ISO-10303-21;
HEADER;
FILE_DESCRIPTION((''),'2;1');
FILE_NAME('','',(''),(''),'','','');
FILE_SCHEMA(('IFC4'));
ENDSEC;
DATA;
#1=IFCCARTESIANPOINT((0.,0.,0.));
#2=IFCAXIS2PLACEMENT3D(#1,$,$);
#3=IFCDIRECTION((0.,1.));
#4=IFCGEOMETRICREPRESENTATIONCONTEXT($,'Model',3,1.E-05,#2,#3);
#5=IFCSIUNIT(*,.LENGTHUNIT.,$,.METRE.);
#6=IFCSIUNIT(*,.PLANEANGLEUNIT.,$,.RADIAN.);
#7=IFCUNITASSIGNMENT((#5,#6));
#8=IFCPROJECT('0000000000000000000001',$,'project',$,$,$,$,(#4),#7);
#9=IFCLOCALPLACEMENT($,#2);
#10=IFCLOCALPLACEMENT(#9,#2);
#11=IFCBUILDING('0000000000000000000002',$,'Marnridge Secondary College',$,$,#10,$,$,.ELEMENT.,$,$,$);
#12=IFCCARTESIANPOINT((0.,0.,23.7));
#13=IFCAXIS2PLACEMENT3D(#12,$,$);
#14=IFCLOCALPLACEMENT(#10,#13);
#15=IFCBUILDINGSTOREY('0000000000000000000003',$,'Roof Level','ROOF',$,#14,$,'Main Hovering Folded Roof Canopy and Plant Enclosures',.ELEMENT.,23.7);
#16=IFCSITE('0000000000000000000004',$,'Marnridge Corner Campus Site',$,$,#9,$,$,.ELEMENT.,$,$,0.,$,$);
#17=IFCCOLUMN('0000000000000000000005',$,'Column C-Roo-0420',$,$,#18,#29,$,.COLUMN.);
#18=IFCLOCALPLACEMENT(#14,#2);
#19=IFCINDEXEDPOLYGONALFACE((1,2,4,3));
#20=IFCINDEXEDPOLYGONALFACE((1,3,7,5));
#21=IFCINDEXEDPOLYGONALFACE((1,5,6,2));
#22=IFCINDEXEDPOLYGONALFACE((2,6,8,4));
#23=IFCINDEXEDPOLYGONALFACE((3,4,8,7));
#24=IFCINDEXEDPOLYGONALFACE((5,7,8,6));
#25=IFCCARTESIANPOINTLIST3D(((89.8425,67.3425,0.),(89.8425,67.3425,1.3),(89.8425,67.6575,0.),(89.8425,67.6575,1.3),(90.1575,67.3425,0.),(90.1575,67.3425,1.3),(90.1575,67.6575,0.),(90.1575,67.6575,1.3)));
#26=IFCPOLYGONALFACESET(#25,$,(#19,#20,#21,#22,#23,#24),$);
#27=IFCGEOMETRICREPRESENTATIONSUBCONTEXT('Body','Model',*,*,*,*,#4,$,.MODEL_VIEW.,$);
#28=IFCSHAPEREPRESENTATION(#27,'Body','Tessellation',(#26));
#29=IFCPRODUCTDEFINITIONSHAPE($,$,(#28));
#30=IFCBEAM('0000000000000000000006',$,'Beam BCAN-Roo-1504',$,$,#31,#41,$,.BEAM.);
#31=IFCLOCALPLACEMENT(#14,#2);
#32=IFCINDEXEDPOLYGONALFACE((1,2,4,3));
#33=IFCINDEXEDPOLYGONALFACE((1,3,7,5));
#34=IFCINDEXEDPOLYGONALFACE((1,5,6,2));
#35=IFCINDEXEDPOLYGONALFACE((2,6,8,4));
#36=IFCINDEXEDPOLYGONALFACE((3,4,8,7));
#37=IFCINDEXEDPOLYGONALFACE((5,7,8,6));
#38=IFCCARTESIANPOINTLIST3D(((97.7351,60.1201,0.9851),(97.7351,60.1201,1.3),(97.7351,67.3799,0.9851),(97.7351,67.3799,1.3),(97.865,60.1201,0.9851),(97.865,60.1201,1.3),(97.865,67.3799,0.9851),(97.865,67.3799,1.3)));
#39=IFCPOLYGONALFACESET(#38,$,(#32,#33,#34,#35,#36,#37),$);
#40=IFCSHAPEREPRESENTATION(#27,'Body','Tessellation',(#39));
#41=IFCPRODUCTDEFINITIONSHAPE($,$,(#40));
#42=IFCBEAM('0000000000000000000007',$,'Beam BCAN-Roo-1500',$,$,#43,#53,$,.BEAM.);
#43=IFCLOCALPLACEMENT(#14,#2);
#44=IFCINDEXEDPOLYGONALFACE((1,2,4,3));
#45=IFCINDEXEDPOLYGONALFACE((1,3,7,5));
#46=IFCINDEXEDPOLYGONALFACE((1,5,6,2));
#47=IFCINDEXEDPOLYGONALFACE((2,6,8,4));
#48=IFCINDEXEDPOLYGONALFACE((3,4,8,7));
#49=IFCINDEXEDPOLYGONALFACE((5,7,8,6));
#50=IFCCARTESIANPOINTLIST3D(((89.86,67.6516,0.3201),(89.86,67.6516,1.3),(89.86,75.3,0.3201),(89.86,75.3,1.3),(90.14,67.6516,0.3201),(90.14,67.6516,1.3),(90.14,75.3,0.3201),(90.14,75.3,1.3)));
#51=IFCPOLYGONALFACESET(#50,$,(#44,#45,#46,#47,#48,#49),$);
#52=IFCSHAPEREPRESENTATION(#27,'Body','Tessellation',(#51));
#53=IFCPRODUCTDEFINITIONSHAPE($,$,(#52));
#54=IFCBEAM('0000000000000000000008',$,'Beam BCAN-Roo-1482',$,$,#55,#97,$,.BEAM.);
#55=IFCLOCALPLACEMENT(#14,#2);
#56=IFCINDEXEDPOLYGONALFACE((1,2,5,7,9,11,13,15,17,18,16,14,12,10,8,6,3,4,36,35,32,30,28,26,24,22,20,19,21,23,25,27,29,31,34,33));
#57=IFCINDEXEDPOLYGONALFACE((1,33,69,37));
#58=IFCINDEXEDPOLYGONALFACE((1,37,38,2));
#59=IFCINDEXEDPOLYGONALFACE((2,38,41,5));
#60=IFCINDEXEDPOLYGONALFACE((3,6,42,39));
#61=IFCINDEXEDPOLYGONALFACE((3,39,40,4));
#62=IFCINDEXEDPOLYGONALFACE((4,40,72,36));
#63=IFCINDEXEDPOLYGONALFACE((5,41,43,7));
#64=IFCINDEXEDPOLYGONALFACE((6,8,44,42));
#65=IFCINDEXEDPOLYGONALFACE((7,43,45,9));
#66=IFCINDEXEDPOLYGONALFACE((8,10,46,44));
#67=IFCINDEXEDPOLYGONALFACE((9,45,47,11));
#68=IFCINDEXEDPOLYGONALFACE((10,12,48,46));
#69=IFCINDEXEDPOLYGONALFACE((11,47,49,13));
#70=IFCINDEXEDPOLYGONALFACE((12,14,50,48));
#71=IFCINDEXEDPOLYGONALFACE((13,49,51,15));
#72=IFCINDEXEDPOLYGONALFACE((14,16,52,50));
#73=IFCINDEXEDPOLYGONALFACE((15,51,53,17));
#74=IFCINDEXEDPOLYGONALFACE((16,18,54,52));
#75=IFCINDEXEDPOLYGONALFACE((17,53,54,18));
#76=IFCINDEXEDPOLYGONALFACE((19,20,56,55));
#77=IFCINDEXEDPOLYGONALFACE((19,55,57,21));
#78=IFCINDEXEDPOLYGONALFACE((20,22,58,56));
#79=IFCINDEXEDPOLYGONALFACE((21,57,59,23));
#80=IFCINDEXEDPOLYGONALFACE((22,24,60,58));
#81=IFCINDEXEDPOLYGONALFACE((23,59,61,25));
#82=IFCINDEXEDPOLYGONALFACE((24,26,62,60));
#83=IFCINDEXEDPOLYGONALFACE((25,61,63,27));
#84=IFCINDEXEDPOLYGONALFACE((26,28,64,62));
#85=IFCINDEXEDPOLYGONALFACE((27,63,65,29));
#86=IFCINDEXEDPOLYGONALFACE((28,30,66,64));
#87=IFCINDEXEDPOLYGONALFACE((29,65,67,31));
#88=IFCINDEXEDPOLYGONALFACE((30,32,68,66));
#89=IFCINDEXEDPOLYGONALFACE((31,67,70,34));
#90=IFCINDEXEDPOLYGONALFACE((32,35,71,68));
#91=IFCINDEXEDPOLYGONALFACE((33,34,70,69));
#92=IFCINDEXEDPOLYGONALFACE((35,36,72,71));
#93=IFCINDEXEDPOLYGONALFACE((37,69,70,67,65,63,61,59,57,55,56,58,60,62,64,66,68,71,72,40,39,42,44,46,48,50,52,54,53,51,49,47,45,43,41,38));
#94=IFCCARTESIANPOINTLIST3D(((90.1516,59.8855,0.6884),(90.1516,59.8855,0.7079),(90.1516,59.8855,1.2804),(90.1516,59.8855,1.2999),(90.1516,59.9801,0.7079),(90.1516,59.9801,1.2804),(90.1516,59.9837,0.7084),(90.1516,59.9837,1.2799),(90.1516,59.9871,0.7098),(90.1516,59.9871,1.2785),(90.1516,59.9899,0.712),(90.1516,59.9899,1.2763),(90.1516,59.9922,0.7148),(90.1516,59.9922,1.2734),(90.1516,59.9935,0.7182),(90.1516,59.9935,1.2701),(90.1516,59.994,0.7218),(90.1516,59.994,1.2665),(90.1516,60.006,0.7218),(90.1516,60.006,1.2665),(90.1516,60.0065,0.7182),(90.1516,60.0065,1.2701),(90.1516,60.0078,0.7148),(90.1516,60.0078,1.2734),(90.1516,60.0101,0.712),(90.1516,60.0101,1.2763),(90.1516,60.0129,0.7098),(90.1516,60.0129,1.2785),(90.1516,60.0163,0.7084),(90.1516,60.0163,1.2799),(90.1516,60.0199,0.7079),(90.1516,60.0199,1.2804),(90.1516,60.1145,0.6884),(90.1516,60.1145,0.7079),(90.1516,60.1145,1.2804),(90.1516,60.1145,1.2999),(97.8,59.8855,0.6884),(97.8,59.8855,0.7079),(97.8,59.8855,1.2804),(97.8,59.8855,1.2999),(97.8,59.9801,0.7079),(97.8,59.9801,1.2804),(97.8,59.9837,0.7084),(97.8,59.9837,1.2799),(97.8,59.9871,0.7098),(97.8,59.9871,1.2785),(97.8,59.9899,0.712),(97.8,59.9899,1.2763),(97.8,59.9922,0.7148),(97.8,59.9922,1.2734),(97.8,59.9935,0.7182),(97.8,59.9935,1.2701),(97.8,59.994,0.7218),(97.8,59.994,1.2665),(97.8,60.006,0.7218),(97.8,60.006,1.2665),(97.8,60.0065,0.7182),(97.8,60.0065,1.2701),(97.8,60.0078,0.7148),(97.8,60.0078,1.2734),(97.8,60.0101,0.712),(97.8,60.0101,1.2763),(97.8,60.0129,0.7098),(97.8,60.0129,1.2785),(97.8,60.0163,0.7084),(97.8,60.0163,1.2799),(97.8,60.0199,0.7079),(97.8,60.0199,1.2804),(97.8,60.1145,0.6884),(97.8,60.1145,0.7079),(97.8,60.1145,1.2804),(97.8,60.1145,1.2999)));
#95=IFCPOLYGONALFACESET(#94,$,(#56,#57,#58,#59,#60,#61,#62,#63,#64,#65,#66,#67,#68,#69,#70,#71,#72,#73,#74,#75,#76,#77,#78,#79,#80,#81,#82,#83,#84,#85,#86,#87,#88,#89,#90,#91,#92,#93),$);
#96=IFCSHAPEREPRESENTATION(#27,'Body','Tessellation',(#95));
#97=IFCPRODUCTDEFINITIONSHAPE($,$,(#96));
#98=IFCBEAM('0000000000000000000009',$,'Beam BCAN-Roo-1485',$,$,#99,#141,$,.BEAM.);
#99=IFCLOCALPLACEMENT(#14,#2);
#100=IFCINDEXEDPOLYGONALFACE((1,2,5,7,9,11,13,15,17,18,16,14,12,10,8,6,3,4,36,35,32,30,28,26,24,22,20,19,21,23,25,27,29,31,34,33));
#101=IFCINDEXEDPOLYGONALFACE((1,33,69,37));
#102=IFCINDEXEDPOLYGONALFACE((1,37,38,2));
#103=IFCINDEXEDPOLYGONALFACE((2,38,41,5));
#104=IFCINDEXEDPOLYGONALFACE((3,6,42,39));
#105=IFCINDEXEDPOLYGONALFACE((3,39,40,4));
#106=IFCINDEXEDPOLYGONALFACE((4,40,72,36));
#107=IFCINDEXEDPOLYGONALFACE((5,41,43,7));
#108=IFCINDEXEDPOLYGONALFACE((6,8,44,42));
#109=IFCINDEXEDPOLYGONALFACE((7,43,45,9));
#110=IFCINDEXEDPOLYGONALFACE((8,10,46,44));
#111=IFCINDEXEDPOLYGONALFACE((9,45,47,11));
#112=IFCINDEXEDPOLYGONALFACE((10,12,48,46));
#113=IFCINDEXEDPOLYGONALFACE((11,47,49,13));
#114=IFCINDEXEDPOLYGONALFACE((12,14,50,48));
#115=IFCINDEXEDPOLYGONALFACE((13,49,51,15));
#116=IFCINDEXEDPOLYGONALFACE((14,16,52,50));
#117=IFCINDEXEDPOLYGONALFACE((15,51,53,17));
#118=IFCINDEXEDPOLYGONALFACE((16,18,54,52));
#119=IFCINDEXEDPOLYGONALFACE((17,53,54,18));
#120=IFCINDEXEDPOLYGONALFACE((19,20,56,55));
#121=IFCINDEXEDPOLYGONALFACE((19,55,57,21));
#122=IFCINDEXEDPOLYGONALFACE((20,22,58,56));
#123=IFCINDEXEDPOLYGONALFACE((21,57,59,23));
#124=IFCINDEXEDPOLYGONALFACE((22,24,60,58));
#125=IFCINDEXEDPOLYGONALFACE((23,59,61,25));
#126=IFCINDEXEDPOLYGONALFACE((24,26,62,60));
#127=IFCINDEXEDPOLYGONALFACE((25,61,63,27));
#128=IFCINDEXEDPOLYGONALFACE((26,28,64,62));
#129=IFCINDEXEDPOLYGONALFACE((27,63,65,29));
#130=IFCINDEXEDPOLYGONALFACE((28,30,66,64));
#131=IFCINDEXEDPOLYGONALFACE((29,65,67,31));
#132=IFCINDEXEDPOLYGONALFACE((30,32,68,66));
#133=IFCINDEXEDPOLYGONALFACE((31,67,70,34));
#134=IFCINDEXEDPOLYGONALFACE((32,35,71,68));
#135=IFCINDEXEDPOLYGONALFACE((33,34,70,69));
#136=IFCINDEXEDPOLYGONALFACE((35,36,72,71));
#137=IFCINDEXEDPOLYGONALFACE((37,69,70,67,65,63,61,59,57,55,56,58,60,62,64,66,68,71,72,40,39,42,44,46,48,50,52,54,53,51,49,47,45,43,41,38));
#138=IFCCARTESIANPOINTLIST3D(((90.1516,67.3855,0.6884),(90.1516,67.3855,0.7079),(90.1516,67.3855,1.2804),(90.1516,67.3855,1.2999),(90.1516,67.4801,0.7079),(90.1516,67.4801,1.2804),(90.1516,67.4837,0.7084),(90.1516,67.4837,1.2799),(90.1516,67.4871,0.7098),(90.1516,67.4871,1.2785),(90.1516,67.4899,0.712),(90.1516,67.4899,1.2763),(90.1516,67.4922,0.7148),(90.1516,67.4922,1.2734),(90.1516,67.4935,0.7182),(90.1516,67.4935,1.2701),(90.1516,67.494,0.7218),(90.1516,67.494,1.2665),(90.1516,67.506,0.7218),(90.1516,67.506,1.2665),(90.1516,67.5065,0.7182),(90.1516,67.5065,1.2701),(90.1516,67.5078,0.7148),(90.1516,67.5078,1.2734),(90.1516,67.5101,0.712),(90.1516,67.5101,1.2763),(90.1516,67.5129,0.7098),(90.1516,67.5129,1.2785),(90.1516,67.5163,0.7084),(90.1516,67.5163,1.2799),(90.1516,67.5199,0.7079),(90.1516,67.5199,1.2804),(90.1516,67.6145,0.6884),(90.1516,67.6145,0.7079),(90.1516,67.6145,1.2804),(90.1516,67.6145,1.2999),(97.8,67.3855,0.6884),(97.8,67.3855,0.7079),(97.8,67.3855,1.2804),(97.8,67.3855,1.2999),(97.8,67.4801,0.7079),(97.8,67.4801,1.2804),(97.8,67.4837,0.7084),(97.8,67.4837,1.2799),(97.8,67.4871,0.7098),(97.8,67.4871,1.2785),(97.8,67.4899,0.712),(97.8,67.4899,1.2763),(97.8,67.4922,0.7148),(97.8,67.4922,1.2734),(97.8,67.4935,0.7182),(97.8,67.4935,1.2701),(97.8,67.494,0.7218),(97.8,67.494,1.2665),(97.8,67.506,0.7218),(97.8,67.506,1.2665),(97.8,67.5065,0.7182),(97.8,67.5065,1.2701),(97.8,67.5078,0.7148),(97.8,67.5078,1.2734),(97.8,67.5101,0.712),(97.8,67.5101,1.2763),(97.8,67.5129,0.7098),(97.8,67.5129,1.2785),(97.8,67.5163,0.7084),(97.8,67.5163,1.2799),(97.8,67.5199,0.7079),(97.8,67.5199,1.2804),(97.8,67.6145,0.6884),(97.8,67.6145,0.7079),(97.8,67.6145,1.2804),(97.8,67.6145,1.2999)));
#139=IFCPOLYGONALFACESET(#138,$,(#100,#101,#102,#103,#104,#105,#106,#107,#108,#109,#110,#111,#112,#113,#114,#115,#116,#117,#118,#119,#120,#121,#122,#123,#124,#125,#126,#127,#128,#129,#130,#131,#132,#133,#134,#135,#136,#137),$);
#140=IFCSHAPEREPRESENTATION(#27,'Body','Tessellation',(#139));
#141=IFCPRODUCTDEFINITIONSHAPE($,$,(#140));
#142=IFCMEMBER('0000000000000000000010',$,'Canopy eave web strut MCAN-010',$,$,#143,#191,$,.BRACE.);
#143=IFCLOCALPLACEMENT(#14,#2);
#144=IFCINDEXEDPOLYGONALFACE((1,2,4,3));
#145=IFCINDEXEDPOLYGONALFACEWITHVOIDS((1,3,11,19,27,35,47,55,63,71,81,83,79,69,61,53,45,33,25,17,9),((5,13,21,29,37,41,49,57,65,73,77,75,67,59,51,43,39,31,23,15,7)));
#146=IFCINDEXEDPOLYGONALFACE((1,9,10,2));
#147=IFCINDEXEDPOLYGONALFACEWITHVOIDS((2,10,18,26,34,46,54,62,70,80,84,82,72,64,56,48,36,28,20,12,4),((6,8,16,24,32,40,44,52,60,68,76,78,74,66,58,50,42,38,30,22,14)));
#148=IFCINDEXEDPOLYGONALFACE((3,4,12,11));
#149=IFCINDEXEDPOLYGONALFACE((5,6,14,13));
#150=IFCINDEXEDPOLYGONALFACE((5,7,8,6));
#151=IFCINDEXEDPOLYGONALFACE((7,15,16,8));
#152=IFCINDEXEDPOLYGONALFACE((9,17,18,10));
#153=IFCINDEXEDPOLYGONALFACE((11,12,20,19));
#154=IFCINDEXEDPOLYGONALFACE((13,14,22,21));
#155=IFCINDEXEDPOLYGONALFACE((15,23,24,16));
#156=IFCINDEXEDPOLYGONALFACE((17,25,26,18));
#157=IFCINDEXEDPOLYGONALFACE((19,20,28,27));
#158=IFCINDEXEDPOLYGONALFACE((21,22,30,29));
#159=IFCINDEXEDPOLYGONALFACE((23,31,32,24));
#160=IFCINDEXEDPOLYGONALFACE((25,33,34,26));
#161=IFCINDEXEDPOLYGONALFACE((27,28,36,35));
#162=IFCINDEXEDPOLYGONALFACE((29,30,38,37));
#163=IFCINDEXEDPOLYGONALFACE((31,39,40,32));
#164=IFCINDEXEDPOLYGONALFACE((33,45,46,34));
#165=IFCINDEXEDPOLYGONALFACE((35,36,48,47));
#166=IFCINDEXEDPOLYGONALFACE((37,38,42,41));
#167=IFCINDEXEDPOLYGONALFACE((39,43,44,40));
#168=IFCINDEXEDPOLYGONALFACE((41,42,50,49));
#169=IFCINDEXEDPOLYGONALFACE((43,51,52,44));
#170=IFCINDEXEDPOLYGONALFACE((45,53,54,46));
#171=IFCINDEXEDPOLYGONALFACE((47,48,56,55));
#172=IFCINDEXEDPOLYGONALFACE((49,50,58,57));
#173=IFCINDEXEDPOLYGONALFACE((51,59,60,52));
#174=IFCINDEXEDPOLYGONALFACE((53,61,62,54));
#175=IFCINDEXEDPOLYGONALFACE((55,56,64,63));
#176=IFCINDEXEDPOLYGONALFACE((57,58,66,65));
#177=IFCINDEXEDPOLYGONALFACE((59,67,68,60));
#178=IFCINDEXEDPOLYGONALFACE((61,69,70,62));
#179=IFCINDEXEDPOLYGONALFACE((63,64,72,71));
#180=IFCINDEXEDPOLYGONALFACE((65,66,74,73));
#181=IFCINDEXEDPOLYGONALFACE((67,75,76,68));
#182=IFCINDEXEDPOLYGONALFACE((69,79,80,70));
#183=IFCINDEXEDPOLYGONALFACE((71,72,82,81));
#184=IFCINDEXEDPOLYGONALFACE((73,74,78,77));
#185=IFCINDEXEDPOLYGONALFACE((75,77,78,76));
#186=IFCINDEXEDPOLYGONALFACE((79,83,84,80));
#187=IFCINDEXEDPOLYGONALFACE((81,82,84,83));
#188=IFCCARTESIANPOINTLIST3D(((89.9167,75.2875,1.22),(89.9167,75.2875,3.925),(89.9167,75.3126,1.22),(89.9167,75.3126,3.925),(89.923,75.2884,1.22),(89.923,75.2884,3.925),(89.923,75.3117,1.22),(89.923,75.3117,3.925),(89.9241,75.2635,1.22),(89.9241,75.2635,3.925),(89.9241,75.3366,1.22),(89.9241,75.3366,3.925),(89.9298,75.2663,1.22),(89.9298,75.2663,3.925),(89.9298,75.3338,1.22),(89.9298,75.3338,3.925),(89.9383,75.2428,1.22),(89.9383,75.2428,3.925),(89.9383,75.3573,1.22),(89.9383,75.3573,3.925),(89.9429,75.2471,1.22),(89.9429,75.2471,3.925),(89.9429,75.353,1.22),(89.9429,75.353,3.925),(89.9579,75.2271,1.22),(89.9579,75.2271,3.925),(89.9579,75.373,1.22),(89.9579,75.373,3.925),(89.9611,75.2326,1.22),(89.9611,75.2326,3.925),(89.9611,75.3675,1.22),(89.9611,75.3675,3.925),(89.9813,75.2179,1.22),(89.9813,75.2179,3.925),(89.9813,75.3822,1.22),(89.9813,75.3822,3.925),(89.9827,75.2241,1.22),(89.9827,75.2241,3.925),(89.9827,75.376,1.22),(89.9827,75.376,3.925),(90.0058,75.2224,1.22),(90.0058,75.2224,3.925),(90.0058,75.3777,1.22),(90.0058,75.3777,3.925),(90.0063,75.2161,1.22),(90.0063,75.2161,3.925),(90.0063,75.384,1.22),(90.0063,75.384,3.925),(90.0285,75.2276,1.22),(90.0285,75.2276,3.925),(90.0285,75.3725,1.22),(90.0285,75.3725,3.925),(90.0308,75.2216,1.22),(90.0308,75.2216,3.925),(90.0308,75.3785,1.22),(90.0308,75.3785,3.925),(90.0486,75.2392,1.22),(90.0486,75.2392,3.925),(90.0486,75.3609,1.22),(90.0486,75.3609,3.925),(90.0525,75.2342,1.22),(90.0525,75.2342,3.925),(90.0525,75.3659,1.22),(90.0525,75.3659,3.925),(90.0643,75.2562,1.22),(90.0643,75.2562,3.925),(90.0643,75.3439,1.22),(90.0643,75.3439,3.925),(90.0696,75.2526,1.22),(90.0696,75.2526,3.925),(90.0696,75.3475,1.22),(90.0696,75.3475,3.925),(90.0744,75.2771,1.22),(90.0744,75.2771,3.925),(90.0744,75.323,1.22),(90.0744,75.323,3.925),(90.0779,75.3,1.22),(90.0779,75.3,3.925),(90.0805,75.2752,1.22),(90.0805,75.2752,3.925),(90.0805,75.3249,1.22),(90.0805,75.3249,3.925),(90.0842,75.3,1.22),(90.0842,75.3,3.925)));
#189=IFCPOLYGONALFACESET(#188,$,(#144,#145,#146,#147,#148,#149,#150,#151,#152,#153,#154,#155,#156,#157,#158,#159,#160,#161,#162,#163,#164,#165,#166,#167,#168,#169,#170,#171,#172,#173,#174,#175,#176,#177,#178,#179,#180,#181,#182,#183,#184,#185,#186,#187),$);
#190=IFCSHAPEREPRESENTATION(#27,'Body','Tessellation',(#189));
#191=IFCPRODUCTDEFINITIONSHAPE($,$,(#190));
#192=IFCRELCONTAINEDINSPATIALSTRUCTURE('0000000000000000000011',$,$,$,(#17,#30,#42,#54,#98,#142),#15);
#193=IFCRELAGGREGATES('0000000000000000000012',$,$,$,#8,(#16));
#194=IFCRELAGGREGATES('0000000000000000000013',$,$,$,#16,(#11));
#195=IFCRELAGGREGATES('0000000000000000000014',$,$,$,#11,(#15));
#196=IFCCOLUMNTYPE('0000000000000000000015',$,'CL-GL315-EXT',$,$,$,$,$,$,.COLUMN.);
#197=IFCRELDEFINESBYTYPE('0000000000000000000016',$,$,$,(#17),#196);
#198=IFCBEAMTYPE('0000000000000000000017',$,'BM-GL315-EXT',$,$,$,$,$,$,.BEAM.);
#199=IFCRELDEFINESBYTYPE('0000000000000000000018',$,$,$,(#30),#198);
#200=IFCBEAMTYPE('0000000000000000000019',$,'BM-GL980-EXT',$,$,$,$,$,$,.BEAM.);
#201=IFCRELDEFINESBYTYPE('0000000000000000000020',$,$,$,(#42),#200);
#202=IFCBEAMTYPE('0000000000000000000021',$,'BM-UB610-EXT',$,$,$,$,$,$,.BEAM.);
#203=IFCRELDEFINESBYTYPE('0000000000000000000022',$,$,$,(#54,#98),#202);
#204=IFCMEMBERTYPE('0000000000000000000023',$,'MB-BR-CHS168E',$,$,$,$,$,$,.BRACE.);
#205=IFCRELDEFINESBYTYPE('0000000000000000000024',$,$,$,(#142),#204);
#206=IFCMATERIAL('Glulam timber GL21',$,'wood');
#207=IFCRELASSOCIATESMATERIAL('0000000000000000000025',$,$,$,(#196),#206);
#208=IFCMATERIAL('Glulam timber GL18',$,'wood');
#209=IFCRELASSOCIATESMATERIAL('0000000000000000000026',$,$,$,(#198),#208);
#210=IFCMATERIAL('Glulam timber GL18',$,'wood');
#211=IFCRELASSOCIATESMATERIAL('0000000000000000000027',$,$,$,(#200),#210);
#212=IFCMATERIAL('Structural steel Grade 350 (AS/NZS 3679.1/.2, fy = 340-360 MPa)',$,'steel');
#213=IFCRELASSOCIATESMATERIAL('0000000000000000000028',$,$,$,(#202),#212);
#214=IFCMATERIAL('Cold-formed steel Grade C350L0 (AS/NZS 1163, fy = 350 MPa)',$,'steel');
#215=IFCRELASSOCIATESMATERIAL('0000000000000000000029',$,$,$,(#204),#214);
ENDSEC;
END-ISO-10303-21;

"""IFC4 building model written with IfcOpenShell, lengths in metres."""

from ifc_helpers import new_model, si_unit, direction, frame, origin, origin_2d, place, context, subcontext, project, spatial, rectangle, hollow_circle, i_section, extrude, material, material_profile, profile_set, type_object, element, save


model = new_model("IFC4")

# Units and contexts
model_context = context("Model", 3, precision=1e-05, world=origin(), true_north=direction((0.0, 1.0)))
body_context = subcontext(model_context, "Body", "Model", "MODEL_VIEW")
ifc_project = project(units=[si_unit("LENGTHUNIT", "METRE"), si_unit("PLANEANGLEUNIT", "RADIAN")], contexts=[model_context])

# Site, building, storey
site_placement = place(None, origin())
site = spatial("IfcSite", under=ifc_project, at=site_placement, Name="Marnridge Corner Campus Site", CompositionType="ELEMENT", RefElevation=0.0)
building_placement = place(site_placement, origin())
building = spatial("IfcBuilding", under=site, at=building_placement, Name="Marnridge Secondary College", CompositionType="ELEMENT")
storey_placement = place(building_placement, frame((0.0, 0.0, 23.7)))
storey = spatial("IfcBuildingStorey", under=building, at=storey_placement, Name="Roof Level", Description="ROOF", LongName="Main Hovering Folded Roof Canopy and Plant Enclosures", CompositionType="ELEMENT", Elevation=23.7)

# Column
ifc_material_1 = material(Name="Glulam timber GL21", Category="wood")
ifc_material_profile_1 = material_profile(ifc_material_1, rectangle(XDim=0.3149, YDim=0.3149, at=origin_2d()), Name="GL21 315x315")
ifc_profile_set_1 = profile_set([ifc_material_profile_1], Name="Glulam timber GL21")
column_type = type_object("IfcColumnType", Name="CL-GL315-EXT", PredefinedType="COLUMN", material=ifc_profile_set_1)
column_placement = place(storey_placement, frame((90.0, 67.5, 0.0), z_axis=(0.0, 0.0, 1.0), x_axis=(1.0, 0.0, 0.0)))
element("IfcColumn", 1, at=column_placement, inside=storey, type_object=column_type, Name="Column C-Roo-0420", PredefinedType="COLUMN", context=body_context, shape_type="SweptSolid", body=[
    extrude(rectangle(XDim=0.3149, YDim=0.3149, at=origin_2d()), origin(), (0.0, 0.0, 1.0), 1.3),
])

# Beams
ifc_material_2 = material(Name="Glulam timber GL18", Category="wood")
ifc_material_profile_2 = material_profile(ifc_material_2, rectangle(XDim=0.1299, YDim=0.3149, at=origin_2d()), Name="GL18 130x315")
ifc_profile_set_2 = profile_set([ifc_material_profile_2], Name="Glulam timber GL18")
beam_type_1 = type_object("IfcBeamType", Name="BM-GL315-EXT", PredefinedType="BEAM", material=ifc_profile_set_2)
beam_1_placement = place(storey_placement, frame((97.8, 60.1201, 1.1426), z_axis=(0.0, 1.0, 0.0), x_axis=(-1.0, 0.0, 0.0)))
element("IfcBeam", 2, at=beam_1_placement, inside=storey, type_object=beam_type_1, Name="Beam BCAN-Roo-1504", PredefinedType="BEAM", context=body_context, shape_type="SweptSolid", body=[
    extrude(rectangle(XDim=0.1299, YDim=0.3149, at=origin_2d()), origin(), (0.0, 0.0, 1.0), 7.2598),
])
ifc_material_3 = material(Name="Glulam timber GL18", Category="wood")
ifc_material_profile_3 = material_profile(ifc_material_3, rectangle(XDim=0.28, YDim=0.98, at=origin_2d()), Name="GL18 280x980")
ifc_profile_set_3 = profile_set([ifc_material_profile_3], Name="Glulam timber GL18")
beam_type_2 = type_object("IfcBeamType", Name="BM-GL980-EXT", PredefinedType="BEAM", material=ifc_profile_set_3)
beam_2_placement = place(storey_placement, frame((90.0, 67.6516, 0.8101), z_axis=(0.0, 1.0, 0.0), x_axis=(-1.0, 0.0, 0.0)))
element("IfcBeam", 3, at=beam_2_placement, inside=storey, type_object=beam_type_2, Name="Beam BCAN-Roo-1500", PredefinedType="BEAM", context=body_context, shape_type="SweptSolid", body=[
    extrude(rectangle(XDim=0.28, YDim=0.98, at=origin_2d()), origin(), (0.0, 0.0, 1.0), 7.6484),
])
ifc_material_4 = material(Name="Structural steel Grade 350 (AS/NZS 3679.1/.2, fy = 340-360 MPa)", Category="steel")
ifc_material_profile_4 = material_profile(ifc_material_4, i_section(OverallWidth=0.229, OverallDepth=0.6116, WebThickness=0.012, FlangeThickness=0.0195, FilletRadius=0.0139, at=origin_2d()), Name="610UB125")
ifc_profile_set_4 = profile_set([ifc_material_profile_4], Name="Structural steel Grade 350 (AS/NZS 3679.1/.2, fy = 340-360 MPa)")
beam_type_3 = type_object("IfcBeamType", Name="BM-UB610-EXT", PredefinedType="BEAM", material=ifc_profile_set_4)
for number, where, z_axis, x_axis, name in (
    (4, (90.1516, 60.0, 0.9941), (1.0, 0.0, 0.0), (0.0, 1.0, 0.0), "Beam BCAN-Roo-1482"),
    (5, (90.1516, 67.5, 0.9941), (1.0, 0.0, 0.0), (0.0, 1.0, 0.0), "Beam BCAN-Roo-1485"),
):
    element("IfcBeam", number, at=place(storey_placement, frame(where, z_axis=z_axis, x_axis=x_axis)), inside=storey, type_object=beam_type_3, Name=name, PredefinedType="BEAM", context=body_context, shape_type="SweptSolid", body=[
        extrude(i_section(OverallWidth=0.229, OverallDepth=0.6116, WebThickness=0.012, FlangeThickness=0.0195, FilletRadius=0.0139, at=origin_2d()), origin(), (0.0, 0.0, 1.0), 7.6484),
    ])

# Member
ifc_material_5 = material(Name="Cold-formed steel Grade C350L0 (AS/NZS 1163, fy = 350 MPa)", Category="steel")
ifc_material_profile_5 = material_profile(ifc_material_5, hollow_circle(Radius=0.0842, WallThickness=0.0063, at=origin_2d()), Name="168.3x6.4CHS")
ifc_profile_set_5 = profile_set([ifc_material_profile_5], Name="Cold-formed steel Grade C350L0 (AS/NZS 1163, fy = 350 MPa)")
member_type_1 = type_object("IfcMemberType", Name="MB-BR-CHS168E", PredefinedType="BRACE", material=ifc_profile_set_5)
for number, where, z_axis, x_axis, name in (
    (6, (90.0, 75.3, 1.22), (0.0, 0.0, 1.0), (1.0, 0.0, 0.0), "Canopy eave web strut MCAN-010"),
):
    element("IfcMember", number, at=place(storey_placement, frame(where, z_axis=z_axis, x_axis=x_axis)), inside=storey, type_object=member_type_1, Name=name, PredefinedType="BRACE", context=body_context, shape_type="SweptSolid", body=[
        extrude(hollow_circle(Radius=0.0842, WallThickness=0.0063, at=origin_2d()), origin(), (0.0, 0.0, 1.0), 2.7051),
    ])

save(model, "model.ifc")
